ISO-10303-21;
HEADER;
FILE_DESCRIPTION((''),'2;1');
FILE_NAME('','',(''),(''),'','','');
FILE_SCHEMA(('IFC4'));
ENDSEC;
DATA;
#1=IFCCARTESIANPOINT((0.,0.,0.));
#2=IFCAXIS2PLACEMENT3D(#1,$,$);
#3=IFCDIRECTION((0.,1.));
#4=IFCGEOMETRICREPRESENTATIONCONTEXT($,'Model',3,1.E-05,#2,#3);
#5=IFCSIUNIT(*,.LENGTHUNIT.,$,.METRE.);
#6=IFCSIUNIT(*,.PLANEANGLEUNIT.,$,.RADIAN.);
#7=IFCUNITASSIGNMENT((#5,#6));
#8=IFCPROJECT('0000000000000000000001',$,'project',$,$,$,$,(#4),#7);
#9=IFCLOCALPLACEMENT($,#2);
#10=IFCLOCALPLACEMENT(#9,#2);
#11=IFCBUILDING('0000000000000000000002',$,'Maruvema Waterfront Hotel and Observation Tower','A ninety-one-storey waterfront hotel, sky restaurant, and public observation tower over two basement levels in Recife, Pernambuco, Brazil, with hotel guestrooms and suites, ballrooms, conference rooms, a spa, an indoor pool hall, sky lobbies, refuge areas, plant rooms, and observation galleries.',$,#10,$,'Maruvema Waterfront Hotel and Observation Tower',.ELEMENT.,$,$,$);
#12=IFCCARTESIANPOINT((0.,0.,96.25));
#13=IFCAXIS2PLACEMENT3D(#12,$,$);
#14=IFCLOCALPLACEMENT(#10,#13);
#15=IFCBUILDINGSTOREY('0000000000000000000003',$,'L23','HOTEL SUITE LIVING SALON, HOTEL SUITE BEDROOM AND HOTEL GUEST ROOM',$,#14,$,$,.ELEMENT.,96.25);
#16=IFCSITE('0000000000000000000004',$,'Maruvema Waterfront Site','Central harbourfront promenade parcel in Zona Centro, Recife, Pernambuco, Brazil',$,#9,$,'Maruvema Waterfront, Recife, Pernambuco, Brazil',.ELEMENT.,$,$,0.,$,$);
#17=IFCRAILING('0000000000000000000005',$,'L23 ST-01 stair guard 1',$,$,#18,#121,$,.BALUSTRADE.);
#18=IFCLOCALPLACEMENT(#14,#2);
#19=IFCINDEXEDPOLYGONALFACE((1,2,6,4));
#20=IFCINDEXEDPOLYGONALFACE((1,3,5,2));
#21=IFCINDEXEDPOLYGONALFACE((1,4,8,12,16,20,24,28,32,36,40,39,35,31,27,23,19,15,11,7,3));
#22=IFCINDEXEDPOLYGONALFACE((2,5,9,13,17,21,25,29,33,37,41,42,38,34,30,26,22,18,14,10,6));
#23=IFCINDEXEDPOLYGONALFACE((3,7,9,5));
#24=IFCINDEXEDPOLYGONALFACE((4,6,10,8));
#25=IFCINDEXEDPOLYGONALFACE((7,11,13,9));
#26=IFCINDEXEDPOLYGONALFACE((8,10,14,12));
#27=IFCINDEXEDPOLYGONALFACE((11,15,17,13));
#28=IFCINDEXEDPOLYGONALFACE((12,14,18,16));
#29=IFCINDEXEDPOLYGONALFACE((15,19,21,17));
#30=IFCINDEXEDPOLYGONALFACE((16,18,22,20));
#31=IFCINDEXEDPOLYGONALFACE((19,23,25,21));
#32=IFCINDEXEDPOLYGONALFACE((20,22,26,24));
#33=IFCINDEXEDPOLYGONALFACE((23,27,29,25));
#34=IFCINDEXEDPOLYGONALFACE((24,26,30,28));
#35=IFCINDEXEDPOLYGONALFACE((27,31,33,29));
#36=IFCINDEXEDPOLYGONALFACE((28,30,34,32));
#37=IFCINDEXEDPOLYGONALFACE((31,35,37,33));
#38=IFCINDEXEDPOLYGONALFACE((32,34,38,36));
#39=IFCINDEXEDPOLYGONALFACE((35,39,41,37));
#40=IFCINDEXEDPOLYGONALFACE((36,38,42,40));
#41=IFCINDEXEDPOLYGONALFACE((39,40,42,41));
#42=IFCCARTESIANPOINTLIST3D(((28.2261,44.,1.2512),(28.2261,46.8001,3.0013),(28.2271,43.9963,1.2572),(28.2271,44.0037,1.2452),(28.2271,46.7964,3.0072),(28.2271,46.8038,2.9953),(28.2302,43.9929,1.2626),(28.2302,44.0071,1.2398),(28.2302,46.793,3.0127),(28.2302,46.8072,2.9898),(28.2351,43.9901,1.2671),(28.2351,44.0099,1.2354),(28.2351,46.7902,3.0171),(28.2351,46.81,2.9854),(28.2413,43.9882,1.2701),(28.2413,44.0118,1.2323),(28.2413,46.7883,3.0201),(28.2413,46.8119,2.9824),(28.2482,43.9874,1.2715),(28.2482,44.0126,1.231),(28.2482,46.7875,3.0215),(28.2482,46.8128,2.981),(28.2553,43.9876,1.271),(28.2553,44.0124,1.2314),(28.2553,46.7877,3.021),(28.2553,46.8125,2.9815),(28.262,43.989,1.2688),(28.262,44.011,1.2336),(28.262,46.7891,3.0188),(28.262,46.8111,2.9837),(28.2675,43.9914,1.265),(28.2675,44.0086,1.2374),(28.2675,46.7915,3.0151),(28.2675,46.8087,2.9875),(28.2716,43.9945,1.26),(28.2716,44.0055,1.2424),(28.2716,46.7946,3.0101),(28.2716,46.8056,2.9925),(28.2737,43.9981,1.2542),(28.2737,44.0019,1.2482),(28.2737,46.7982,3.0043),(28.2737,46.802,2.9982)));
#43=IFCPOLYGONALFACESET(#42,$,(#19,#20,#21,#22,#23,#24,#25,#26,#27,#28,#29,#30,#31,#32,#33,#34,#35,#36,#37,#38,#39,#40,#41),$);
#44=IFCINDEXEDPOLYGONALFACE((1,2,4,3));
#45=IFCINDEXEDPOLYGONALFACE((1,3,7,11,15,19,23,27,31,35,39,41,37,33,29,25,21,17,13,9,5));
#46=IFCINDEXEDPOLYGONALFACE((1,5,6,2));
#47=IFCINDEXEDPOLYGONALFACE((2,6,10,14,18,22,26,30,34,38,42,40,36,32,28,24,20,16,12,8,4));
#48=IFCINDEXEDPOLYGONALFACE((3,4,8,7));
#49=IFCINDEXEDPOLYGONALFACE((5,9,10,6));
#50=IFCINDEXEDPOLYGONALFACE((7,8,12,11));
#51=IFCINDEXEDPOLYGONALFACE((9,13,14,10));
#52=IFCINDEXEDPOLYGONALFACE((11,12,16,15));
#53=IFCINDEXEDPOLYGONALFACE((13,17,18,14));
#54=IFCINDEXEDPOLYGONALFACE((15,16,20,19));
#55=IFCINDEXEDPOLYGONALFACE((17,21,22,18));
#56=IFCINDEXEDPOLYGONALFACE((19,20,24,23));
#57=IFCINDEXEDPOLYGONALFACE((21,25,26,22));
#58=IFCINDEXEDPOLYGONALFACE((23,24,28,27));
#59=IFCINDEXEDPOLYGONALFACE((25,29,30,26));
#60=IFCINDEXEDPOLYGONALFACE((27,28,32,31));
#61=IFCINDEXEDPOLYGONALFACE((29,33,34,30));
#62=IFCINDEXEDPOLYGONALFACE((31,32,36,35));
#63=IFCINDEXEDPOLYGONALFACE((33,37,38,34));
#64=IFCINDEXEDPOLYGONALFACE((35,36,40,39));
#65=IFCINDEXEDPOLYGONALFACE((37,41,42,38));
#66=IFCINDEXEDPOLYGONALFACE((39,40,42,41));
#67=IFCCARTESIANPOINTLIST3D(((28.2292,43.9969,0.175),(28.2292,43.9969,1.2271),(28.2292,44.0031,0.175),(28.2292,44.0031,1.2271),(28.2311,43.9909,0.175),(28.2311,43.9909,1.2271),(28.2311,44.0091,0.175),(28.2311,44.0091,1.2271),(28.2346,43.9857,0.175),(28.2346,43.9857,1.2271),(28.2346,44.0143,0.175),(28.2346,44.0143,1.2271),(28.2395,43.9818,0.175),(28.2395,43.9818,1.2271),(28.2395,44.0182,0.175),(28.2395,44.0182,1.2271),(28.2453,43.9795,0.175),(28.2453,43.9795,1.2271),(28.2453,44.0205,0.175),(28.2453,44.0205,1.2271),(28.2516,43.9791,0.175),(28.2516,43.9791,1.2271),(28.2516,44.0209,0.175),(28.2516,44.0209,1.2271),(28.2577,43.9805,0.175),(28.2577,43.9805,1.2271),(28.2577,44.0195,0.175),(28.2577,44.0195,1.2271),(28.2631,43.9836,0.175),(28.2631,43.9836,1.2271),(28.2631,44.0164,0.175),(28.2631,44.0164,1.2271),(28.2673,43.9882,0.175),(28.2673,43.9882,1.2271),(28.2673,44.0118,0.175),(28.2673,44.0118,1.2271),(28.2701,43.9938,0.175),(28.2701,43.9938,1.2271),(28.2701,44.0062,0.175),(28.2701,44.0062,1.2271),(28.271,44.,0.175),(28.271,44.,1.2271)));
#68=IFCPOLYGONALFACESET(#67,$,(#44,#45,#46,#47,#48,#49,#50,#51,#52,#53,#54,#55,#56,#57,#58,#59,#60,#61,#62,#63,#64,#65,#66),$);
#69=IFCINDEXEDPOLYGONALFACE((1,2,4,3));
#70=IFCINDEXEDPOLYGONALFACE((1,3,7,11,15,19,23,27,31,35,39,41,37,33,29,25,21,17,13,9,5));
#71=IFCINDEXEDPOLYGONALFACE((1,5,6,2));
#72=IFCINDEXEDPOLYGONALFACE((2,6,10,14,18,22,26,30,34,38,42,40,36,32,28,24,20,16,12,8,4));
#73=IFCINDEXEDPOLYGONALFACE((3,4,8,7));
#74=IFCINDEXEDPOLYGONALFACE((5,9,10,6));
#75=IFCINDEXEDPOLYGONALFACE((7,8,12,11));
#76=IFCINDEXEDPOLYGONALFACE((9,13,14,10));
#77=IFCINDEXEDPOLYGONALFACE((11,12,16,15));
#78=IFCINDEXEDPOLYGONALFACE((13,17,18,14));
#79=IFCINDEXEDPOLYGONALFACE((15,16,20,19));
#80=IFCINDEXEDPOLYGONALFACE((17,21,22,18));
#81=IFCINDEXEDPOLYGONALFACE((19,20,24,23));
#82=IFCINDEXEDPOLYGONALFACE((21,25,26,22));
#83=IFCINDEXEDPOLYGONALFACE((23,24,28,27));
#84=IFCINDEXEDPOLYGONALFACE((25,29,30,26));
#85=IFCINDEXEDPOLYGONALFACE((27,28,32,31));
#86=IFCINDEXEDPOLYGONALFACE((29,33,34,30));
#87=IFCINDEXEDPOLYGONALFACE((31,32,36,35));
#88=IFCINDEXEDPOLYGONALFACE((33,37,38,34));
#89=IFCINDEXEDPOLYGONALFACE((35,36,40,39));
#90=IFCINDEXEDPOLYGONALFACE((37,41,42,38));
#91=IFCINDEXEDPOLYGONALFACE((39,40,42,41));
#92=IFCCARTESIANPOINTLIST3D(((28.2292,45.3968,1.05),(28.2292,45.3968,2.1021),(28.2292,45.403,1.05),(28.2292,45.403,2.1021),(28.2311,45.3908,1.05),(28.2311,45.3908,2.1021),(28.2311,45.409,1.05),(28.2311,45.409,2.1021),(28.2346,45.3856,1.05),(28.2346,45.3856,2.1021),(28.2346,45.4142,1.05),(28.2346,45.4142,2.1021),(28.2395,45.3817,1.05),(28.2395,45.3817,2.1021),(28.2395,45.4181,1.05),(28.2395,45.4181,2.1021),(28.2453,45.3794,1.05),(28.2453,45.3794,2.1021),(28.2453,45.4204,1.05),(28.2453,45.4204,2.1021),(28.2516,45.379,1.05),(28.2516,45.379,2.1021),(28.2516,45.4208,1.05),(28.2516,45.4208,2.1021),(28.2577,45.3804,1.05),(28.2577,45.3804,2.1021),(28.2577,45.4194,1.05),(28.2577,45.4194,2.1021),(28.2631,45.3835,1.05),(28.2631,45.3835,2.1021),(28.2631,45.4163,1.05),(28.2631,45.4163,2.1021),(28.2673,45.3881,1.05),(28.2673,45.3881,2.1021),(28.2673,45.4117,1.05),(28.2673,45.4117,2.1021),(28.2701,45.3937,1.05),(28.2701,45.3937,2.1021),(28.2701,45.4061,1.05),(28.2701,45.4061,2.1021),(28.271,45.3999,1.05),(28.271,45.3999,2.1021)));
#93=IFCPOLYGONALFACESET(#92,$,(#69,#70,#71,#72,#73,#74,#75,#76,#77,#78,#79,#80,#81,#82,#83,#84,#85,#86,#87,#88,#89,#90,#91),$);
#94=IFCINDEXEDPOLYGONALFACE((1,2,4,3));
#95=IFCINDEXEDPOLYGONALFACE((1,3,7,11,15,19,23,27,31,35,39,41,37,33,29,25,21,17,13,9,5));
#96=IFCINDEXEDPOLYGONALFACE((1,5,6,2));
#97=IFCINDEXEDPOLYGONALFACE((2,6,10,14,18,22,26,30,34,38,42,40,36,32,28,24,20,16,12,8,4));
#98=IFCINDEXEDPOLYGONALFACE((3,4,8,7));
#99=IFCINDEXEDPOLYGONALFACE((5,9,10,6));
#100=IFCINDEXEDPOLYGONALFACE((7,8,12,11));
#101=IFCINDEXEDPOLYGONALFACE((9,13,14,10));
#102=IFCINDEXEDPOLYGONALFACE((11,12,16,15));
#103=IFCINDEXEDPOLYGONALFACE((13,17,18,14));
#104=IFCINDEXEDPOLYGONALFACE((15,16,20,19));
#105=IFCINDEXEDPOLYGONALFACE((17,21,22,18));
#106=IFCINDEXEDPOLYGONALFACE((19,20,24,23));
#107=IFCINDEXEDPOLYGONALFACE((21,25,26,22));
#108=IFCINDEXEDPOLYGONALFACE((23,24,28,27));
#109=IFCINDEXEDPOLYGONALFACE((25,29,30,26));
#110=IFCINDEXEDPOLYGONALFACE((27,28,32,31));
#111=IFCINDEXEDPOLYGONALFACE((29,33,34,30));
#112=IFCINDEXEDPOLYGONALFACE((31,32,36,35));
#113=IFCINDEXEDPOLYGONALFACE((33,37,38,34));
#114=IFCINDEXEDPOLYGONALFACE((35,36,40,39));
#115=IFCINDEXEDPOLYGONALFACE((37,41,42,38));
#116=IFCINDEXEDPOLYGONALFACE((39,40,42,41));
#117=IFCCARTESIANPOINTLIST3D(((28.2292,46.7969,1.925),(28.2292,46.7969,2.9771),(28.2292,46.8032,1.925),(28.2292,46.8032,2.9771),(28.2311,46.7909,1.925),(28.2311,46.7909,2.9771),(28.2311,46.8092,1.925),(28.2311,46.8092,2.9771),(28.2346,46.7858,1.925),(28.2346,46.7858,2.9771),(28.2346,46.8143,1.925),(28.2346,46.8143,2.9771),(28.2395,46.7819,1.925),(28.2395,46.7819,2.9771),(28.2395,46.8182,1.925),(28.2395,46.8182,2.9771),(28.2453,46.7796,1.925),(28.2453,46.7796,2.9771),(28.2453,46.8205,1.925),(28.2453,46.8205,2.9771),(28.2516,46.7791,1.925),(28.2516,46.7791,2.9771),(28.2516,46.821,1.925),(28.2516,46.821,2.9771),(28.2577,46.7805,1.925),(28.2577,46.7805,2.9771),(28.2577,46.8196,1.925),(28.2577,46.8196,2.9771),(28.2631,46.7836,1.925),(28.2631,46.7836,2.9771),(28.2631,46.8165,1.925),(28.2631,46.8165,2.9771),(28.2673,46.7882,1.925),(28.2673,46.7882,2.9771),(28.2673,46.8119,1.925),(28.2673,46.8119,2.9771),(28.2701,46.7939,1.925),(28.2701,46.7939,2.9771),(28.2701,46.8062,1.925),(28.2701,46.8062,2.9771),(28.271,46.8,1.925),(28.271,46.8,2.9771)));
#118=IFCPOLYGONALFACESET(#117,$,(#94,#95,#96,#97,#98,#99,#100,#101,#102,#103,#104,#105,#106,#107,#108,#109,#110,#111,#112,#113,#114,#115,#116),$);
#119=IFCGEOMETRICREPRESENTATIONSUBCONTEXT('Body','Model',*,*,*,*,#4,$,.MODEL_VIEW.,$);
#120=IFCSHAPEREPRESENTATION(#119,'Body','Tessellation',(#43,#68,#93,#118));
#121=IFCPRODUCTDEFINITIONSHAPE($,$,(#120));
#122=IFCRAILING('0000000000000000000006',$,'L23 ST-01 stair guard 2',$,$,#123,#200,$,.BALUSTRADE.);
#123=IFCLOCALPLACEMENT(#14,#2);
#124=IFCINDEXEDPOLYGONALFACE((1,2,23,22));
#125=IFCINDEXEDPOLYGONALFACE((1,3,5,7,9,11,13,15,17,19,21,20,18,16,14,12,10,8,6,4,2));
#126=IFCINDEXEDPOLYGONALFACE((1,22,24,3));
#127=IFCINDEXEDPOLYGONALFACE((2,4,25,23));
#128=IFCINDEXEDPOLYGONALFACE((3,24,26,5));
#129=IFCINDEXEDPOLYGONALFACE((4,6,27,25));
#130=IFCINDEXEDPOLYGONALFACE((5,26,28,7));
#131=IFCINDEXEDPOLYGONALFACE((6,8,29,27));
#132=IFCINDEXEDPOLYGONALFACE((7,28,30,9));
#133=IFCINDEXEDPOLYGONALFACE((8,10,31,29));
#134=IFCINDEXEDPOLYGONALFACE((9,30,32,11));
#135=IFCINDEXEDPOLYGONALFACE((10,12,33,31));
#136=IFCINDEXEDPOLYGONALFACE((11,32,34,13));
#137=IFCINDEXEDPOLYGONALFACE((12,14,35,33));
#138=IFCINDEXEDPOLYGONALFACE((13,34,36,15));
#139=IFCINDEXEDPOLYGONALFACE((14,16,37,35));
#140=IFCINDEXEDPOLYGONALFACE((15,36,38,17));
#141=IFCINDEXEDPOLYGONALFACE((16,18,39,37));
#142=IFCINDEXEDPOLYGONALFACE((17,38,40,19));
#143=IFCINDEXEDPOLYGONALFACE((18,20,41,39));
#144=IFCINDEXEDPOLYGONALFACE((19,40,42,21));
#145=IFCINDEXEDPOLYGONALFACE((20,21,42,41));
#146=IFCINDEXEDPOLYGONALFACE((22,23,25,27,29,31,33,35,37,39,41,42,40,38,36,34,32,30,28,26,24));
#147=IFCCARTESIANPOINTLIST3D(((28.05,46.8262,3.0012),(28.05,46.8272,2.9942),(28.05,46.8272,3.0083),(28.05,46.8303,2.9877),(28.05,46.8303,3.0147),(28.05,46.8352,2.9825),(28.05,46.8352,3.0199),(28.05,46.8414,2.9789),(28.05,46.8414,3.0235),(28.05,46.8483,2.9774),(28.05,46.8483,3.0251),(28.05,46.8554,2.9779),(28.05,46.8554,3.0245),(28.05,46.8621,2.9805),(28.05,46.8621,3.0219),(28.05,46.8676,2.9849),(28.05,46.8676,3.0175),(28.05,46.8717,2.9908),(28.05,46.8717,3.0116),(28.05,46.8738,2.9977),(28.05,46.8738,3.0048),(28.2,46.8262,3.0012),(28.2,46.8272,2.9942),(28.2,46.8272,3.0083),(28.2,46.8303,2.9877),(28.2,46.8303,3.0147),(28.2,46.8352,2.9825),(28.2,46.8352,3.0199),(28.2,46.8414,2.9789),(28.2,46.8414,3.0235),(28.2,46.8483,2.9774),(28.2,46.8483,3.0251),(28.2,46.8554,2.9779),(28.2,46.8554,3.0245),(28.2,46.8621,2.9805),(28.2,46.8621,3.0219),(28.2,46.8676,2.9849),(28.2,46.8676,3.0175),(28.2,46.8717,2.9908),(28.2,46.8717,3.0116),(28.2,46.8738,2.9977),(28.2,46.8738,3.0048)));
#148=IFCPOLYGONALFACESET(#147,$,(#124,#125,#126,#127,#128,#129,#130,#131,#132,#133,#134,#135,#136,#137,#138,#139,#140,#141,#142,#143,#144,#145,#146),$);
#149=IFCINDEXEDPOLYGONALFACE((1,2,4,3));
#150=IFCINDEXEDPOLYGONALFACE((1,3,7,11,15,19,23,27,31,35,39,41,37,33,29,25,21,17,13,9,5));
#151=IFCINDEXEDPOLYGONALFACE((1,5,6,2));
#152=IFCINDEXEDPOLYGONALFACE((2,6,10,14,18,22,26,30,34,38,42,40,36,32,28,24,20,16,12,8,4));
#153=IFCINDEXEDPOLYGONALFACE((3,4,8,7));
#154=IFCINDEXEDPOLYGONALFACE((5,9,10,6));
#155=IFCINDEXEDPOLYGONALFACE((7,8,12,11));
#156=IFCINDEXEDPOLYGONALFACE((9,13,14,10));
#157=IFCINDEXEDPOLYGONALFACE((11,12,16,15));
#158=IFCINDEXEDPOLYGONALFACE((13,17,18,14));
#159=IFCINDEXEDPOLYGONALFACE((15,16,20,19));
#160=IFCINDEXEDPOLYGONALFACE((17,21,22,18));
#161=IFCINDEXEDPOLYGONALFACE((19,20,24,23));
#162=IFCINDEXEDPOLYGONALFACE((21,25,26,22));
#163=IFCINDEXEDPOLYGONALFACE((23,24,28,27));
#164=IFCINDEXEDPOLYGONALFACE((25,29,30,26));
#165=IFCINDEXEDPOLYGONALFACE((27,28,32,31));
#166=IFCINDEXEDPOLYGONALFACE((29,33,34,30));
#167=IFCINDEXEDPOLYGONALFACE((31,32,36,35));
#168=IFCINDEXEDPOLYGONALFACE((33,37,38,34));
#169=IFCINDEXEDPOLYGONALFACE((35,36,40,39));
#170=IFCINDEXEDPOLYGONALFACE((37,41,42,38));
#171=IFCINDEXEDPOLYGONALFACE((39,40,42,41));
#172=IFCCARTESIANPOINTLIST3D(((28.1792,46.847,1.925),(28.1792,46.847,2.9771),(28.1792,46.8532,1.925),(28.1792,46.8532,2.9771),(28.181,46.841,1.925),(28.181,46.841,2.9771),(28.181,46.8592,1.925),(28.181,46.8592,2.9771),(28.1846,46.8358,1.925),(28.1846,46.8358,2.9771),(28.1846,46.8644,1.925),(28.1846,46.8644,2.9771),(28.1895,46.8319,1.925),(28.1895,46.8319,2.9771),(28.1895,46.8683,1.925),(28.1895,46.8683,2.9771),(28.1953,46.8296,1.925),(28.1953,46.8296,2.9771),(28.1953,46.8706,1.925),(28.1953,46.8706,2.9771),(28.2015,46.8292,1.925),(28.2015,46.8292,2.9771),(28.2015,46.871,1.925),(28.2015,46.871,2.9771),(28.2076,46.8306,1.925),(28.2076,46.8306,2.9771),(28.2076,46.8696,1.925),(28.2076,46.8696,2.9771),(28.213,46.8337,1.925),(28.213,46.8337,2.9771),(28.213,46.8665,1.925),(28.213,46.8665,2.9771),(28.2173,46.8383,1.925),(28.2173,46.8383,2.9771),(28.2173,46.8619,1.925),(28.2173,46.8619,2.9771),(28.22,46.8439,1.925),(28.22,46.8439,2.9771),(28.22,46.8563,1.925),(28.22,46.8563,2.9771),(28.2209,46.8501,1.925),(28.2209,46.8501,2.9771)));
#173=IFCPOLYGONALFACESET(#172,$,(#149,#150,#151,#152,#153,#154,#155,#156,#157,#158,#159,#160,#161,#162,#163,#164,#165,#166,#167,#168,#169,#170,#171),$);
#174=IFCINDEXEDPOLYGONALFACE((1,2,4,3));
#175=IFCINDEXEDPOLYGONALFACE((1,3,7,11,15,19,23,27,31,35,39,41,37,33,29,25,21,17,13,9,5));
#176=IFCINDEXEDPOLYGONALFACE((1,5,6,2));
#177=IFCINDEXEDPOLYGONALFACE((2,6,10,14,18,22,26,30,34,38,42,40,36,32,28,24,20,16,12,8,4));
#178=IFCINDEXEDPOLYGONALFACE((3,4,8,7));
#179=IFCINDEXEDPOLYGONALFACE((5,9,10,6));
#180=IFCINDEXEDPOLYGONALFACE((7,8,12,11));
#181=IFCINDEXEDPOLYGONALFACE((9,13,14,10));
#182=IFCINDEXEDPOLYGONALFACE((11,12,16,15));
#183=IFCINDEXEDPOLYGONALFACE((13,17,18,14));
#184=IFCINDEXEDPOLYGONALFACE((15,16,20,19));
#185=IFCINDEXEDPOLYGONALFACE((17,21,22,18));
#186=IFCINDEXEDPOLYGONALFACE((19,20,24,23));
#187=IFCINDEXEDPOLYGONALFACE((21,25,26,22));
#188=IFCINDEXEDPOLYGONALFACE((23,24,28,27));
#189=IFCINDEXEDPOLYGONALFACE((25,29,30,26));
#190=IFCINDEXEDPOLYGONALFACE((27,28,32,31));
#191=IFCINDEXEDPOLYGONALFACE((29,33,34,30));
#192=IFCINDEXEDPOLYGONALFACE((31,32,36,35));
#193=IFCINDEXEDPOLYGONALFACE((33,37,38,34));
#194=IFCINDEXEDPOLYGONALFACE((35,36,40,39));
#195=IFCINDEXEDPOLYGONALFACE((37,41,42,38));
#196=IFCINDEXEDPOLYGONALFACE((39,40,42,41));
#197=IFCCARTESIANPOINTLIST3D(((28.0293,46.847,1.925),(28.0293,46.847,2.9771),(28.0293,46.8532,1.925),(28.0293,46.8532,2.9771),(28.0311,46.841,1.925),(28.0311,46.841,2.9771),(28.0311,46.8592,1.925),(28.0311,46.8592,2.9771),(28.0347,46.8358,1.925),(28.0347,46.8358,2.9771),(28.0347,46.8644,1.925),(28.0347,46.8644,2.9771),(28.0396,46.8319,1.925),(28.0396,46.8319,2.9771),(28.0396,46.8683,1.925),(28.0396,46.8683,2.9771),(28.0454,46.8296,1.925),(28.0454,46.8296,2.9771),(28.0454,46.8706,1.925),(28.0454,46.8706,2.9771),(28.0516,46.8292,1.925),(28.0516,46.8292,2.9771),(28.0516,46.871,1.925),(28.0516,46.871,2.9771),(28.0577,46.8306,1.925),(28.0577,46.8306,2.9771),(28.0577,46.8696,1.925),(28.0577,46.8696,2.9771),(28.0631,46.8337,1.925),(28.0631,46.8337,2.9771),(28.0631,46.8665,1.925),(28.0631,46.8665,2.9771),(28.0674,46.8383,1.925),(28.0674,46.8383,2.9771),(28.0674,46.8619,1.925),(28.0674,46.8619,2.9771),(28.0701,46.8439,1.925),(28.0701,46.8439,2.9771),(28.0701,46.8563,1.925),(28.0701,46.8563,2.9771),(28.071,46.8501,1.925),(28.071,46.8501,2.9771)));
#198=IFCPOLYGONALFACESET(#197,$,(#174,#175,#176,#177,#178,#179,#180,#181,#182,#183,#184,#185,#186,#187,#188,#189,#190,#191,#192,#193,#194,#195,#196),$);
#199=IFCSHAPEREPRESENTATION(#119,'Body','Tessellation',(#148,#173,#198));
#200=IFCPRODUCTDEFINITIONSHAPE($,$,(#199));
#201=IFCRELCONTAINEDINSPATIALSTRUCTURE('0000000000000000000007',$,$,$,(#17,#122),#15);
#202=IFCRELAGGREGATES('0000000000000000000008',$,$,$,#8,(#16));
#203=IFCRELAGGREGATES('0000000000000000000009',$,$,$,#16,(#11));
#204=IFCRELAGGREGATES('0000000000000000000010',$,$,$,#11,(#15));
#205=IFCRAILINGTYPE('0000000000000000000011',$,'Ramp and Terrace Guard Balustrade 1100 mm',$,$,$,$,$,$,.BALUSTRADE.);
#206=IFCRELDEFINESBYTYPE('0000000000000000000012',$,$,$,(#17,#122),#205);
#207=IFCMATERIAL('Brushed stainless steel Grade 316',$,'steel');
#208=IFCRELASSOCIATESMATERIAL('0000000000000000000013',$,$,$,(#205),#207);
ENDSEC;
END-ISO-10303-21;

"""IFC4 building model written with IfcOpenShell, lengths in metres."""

from ifc_helpers import new_model, si_unit, direction, frame, origin, origin_2d, place, context, subcontext, project, spatial, circle, extrude, material, type_object, element, save


model = new_model("IFC4")

# Units and contexts
model_context = context("Model", 3, precision=1e-05, world=origin(), true_north=direction((0.0, 1.0)))
body_context = subcontext(model_context, "Body", "Model", "MODEL_VIEW")
ifc_project = project(units=[si_unit("LENGTHUNIT", "METRE"), si_unit("PLANEANGLEUNIT", "RADIAN")], contexts=[model_context])

# Site, building, storey
site_placement = place(None, origin())
site = spatial("IfcSite", under=ifc_project, at=site_placement, Name="Maruvema Waterfront Site", Description="Central harbourfront promenade parcel in Zona Centro, Recife, Pernambuco, Brazil", LongName="Maruvema Waterfront, Recife, Pernambuco, Brazil", CompositionType="ELEMENT", RefElevation=0.0)
building_placement = place(site_placement, origin())
building = spatial("IfcBuilding", under=site, at=building_placement, Name="Maruvema Waterfront Hotel and Observation Tower", Description="A ninety-one-storey waterfront hotel, sky restaurant, and public observation tower over two basement levels in Recife, Pernambuco, Brazil, with hotel guestrooms and suites, ballrooms, conference rooms, a spa, an indoor pool hall, sky lobbies, refuge areas, plant rooms, and observation galleries.", LongName="Maruvema Waterfront Hotel and Observation Tower", CompositionType="ELEMENT")
storey_placement = place(building_placement, frame((0.0, 0.0, 96.25)))
storey = spatial("IfcBuildingStorey", under=building, at=storey_placement, Name="L23", Description="HOTEL SUITE LIVING SALON, HOTEL SUITE BEDROOM AND HOTEL GUEST ROOM", CompositionType="ELEMENT", Elevation=96.25)

# Railings
ifc_material_1 = material(Name="Brushed stainless steel Grade 316", Category="steel")
railing_type_1 = type_object("IfcRailingType", Name="Ramp and Terrace Guard Balustrade 1100 mm", PredefinedType="BALUSTRADE", material=ifc_material_1)
railing_1_placement = place(storey_placement, frame((28.25, 44.0, 0.175)))
element("IfcRailing", 1, at=railing_1_placement, inside=storey, type_object=railing_type_1, Name="L23 ST-01 stair guard 1", PredefinedType="BALUSTRADE", context=body_context, shape_type="SweptSolid", body=[
    extrude(circle(Radius=0.0239, at=origin_2d()), frame((0.0, 0.0, 1.0762), z_axis=(0.0, 0.848002, 0.529992), x_axis=(-1.0, 0.0, 0.0)), (0.0, 0.0, 1.0), 3.302),
    extrude(circle(Radius=0.021, at=origin_2d()), origin(), (0.0, 0.0, 1.0), 1.052),
    extrude(circle(Radius=0.021, at=origin_2d()), frame((0.0, 1.3999, 0.875)), (0.0, 0.0, 1.0), 1.052),
    extrude(circle(Radius=0.021, at=origin_2d()), frame((0.0, 2.8, 1.75)), (0.0, 0.0, 1.0), 1.052),
])
railing_2_placement = place(storey_placement, frame((28.2, 46.8501, 1.925)))
element("IfcRailing", 2, at=railing_2_placement, inside=storey, type_object=railing_type_1, Name="L23 ST-01 stair guard 2", PredefinedType="BALUSTRADE", context=body_context, shape_type="SweptSolid", body=[
    extrude(circle(Radius=0.0239, at=origin_2d()), frame((0.0, 0.0, 1.0762), z_axis=(-1.0, 0.0, 0.0), x_axis=(0.0, -1.0, 0.0)), (0.0, 0.0, 1.0), 0.1499),
    extrude(circle(Radius=0.021, at=origin_2d()), origin(), (0.0, 0.0, 1.0), 1.052),
    extrude(circle(Radius=0.021, at=origin_2d()), frame((-0.1499, 0.0, 0.0)), (0.0, 0.0, 1.0), 1.052),
])

save(model, "model.ifc")
